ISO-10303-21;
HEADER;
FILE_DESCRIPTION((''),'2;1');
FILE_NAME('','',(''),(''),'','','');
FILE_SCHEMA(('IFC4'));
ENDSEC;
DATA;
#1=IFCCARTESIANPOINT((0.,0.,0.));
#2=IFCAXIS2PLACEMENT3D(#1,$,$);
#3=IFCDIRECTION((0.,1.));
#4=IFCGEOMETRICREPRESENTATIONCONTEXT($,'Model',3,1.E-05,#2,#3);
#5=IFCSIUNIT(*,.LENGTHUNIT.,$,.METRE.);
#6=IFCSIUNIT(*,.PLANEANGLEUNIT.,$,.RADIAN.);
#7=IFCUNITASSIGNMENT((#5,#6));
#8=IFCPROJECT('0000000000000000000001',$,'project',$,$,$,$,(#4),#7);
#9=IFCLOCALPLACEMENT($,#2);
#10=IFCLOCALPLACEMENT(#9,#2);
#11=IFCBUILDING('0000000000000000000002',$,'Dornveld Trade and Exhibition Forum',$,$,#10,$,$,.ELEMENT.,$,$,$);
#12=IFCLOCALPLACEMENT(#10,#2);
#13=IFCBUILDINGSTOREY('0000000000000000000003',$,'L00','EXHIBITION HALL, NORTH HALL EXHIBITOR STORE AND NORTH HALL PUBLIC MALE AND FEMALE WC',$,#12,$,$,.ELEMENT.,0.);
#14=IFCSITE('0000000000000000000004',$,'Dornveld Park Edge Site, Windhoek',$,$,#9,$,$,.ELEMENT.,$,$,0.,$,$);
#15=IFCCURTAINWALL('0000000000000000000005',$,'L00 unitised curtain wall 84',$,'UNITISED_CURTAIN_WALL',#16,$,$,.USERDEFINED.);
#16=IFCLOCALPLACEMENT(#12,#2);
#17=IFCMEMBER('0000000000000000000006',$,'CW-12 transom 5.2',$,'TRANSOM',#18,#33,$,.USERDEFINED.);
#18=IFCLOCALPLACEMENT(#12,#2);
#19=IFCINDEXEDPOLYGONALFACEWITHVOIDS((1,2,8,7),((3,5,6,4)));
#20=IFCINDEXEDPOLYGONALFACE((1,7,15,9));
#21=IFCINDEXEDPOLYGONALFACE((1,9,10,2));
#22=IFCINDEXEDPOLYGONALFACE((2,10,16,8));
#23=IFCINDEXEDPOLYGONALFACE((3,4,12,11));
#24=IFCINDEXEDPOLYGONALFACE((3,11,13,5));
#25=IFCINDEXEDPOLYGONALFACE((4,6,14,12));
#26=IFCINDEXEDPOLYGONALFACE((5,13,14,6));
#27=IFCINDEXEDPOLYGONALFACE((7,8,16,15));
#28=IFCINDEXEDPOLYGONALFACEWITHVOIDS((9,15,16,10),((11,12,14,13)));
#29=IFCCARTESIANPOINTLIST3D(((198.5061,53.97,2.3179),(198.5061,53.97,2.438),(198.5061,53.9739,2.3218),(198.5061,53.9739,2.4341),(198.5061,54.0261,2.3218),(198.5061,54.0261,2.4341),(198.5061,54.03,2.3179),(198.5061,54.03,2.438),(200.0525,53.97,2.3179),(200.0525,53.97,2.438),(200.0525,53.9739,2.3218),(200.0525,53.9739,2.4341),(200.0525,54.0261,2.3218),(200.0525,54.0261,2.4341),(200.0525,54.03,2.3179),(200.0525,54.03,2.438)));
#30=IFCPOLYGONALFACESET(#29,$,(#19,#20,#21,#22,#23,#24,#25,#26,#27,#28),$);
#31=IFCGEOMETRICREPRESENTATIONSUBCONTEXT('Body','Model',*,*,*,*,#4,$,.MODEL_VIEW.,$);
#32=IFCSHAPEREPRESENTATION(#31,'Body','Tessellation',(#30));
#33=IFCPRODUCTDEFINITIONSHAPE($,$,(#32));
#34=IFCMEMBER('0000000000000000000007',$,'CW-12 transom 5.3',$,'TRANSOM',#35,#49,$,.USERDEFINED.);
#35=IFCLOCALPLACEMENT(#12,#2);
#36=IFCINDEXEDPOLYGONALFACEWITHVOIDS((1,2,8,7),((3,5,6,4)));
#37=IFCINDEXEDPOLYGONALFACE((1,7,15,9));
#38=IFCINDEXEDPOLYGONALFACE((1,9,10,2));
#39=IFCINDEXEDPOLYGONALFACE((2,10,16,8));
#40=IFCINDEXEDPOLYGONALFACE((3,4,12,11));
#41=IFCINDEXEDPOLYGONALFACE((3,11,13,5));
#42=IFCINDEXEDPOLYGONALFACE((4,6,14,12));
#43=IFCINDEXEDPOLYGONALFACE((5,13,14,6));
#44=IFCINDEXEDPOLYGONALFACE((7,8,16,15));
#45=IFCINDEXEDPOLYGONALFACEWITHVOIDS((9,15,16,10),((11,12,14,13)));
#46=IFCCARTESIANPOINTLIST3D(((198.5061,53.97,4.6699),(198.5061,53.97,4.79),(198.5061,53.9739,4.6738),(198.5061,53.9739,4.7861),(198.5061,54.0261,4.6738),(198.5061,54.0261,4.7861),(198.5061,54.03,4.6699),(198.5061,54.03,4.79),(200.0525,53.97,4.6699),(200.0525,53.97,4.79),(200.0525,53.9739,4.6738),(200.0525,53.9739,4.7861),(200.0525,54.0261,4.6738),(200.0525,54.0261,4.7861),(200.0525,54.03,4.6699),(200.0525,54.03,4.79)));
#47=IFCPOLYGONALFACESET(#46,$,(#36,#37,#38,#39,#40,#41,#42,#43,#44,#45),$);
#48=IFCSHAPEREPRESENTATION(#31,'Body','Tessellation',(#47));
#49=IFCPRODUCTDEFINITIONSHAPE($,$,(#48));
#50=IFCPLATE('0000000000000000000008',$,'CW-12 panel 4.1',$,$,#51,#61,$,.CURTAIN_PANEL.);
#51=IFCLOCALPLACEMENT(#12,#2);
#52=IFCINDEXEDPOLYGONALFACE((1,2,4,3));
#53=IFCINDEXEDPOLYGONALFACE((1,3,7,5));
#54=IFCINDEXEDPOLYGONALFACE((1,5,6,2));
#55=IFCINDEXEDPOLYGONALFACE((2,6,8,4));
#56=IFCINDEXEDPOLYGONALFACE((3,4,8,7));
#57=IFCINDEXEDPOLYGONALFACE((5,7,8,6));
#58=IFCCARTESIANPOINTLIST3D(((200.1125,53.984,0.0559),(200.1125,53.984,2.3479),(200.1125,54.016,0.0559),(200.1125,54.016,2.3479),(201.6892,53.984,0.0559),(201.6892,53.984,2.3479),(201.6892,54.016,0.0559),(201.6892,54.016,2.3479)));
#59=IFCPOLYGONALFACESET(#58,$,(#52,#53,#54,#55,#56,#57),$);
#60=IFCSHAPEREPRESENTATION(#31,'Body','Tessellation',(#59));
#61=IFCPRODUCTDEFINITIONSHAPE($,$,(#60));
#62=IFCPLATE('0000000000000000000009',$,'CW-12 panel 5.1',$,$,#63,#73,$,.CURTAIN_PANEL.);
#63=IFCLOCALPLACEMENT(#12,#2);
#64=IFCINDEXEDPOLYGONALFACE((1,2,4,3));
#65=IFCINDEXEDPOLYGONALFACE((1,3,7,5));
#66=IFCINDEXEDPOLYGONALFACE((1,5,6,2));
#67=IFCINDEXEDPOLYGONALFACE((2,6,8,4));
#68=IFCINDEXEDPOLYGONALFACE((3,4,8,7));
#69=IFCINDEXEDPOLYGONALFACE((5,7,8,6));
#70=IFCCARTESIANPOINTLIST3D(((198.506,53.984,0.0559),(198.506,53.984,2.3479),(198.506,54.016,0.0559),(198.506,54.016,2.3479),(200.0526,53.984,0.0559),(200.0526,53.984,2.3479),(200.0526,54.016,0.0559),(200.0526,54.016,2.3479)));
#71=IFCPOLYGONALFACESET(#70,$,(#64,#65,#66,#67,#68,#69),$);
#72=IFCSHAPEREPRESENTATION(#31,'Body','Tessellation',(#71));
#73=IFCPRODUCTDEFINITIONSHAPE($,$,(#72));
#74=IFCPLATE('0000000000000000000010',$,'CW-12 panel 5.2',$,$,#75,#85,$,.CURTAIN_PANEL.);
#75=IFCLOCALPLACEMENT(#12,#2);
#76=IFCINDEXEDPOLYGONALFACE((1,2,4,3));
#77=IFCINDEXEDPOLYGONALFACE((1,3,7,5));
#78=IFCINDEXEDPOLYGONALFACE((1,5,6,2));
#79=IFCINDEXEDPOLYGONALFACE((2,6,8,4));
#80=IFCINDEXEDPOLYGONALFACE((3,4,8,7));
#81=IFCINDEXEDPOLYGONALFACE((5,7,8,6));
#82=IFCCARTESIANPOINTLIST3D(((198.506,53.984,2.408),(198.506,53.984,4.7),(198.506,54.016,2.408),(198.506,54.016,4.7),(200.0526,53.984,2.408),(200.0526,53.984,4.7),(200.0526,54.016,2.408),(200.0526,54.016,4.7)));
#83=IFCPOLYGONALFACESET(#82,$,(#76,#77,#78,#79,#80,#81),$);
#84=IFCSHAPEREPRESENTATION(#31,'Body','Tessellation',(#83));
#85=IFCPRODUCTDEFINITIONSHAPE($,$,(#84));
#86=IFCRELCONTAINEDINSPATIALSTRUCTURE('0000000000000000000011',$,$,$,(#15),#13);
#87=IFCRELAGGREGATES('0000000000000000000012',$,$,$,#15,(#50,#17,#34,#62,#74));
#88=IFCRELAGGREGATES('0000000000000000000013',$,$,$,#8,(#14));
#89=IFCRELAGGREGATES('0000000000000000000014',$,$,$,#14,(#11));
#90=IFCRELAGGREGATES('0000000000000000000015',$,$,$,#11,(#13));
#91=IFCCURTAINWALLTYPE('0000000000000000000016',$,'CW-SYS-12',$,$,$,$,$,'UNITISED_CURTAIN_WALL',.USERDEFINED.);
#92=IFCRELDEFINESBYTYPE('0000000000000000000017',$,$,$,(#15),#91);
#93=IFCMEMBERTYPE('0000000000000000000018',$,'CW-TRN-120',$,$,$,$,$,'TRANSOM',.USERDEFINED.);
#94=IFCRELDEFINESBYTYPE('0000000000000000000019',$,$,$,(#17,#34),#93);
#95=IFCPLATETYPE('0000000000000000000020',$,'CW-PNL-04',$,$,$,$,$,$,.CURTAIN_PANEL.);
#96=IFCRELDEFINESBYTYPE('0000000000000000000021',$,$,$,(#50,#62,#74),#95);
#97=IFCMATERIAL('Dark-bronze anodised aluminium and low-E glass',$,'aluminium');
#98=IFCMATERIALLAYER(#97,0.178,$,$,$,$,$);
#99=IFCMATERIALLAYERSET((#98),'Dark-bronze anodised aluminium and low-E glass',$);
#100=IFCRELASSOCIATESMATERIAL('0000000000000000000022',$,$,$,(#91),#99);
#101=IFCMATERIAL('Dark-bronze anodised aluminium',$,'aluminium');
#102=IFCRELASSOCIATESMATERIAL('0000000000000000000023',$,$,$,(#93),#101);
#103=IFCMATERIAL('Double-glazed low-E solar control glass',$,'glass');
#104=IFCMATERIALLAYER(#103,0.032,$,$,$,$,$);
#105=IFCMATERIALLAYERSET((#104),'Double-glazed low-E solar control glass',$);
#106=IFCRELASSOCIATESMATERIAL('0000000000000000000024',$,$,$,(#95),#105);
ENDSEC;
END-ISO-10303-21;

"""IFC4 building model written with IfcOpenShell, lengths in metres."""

from ifc_helpers import new_model, si_unit, direction, frame, origin, origin_2d, place, context, subcontext, project, spatial, rectangle, hollow_rectangle, extrude, material, layer, layer_set, material_profile, profile_set, type_object, element, aggregate, save


model = new_model("IFC4")

# Units and contexts
model_context = context("Model", 3, precision=1e-05, world=origin(), true_north=direction((0.0, 1.0)))
body_context = subcontext(model_context, "Body", "Model", "MODEL_VIEW")
ifc_project = project(units=[si_unit("LENGTHUNIT", "METRE"), si_unit("PLANEANGLEUNIT", "RADIAN")], contexts=[model_context])

# Site, building, storey
site_placement = place(None, origin())
site = spatial("IfcSite", under=ifc_project, at=site_placement, Name="Dornveld Park Edge Site, Windhoek", CompositionType="ELEMENT", RefElevation=0.0)
building_placement = place(site_placement, origin())
building = spatial("IfcBuilding", under=site, at=building_placement, Name="Dornveld Trade and Exhibition Forum", CompositionType="ELEMENT")
storey_placement = place(building_placement, origin())
storey = spatial("IfcBuildingStorey", under=building, at=storey_placement, Name="L00", Description="EXHIBITION HALL, NORTH HALL EXHIBITOR STORE AND NORTH HALL PUBLIC MALE AND FEMALE WC", CompositionType="ELEMENT", Elevation=0.0)

# Curtain wall, members, plates
ifc_material_1 = material(Name="Dark-bronze anodised aluminium and low-E glass", Category="aluminium")
ifc_layer_1 = layer(ifc_material_1, 0.178)
ifc_layer_set_1 = layer_set([ifc_layer_1], Name="Dark-bronze anodised aluminium and low-E glass")
curtain_wall_type = type_object("IfcCurtainWallType", Name="CW-SYS-12", ElementType="UNITISED_CURTAIN_WALL", PredefinedType="USERDEFINED", material=ifc_layer_set_1)
curtain_wall_placement = place(storey_placement, origin())
curtain_wall = element("IfcCurtainWall", 1, at=curtain_wall_placement, inside=storey, type_object=curtain_wall_type, Name="L00 unitised curtain wall 84", ObjectType="UNITISED_CURTAIN_WALL", PredefinedType="USERDEFINED")
ifc_material_2 = material(Name="Dark-bronze anodised aluminium", Category="aluminium")
ifc_material_profile_1 = material_profile(ifc_material_2, hollow_rectangle(XDim=0.0601, YDim=0.1201, WallThickness=0.0039, at=origin_2d()), Name="RHS 120x60x4")
ifc_profile_set_1 = profile_set([ifc_material_profile_1], Name="Dark-bronze anodised aluminium")
member_type_1 = type_object("IfcMemberType", Name="CW-TRN-120", ElementType="TRANSOM", PredefinedType="USERDEFINED", material=ifc_profile_set_1)
member_1_placement = place(storey_placement, frame((200.0525, 54.0, 2.3779), z_axis=(-1.0, 0.0, 0.0), x_axis=(0.0, -1.0, 0.0)))
member_1 = element("IfcMember", 2, at=member_1_placement, type_object=member_type_1, Name="CW-12 transom 5.2", ObjectType="TRANSOM", PredefinedType="USERDEFINED", context=body_context, shape_type="SweptSolid", body=[
    extrude(hollow_rectangle(XDim=0.0601, YDim=0.1201, WallThickness=0.0039, at=origin_2d()), origin(), (0.0, 0.0, 1.0), 1.5464),
])
member_2_placement = place(storey_placement, frame((200.0525, 54.0, 4.73), z_axis=(-1.0, 0.0, 0.0), x_axis=(0.0, -1.0, 0.0)))
member_2 = element("IfcMember", 3, at=member_2_placement, type_object=member_type_1, Name="CW-12 transom 5.3", ObjectType="TRANSOM", PredefinedType="USERDEFINED", context=body_context, shape_type="SweptSolid", body=[
    extrude(hollow_rectangle(XDim=0.0601, YDim=0.1201, WallThickness=0.0039, at=origin_2d()), origin(), (0.0, 0.0, 1.0), 1.5464),
])
ifc_material_3 = material(Name="Double-glazed low-E solar control glass", Category="glass")
ifc_layer_2 = layer(ifc_material_3, 0.032)
ifc_layer_set_2 = layer_set([ifc_layer_2], Name="Double-glazed low-E solar control glass")
plate_type = type_object("IfcPlateType", Name="CW-PNL-04", PredefinedType="CURTAIN_PANEL", material=ifc_layer_set_2)
plate_1_placement = place(storey_placement, frame((200.9009, 54.0, 0.0559), z_axis=(0.0, 0.0, 1.0), x_axis=(-1.0, 0.0, 0.0)))
plate_1 = element("IfcPlate", 4, at=plate_1_placement, type_object=plate_type, Name="CW-12 panel 4.1", PredefinedType="CURTAIN_PANEL", context=body_context, shape_type="SweptSolid", body=[
    extrude(rectangle(XDim=1.5767, YDim=0.032, at=origin_2d()), origin(), (0.0, 0.0, 1.0), 2.292),
])
plate_2_placement = place(storey_placement, frame((199.2793, 54.0, 0.0559), z_axis=(0.0, 0.0, 1.0), x_axis=(-1.0, 0.0, 0.0)))
plate_2 = element("IfcPlate", 5, at=plate_2_placement, type_object=plate_type, Name="CW-12 panel 5.1", PredefinedType="CURTAIN_PANEL", context=body_context, shape_type="SweptSolid", body=[
    extrude(rectangle(XDim=1.5466, YDim=0.032, at=origin_2d()), origin(), (0.0, 0.0, 1.0), 2.292),
])
plate_3_placement = place(storey_placement, frame((199.2793, 54.0, 2.408), z_axis=(0.0, 0.0, 1.0), x_axis=(-1.0, 0.0, 0.0)))
plate_3 = element("IfcPlate", 6, at=plate_3_placement, type_object=plate_type, Name="CW-12 panel 5.2", PredefinedType="CURTAIN_PANEL", context=body_context, shape_type="SweptSolid", body=[
    extrude(rectangle(XDim=1.5466, YDim=0.032, at=origin_2d()), origin(), (0.0, 0.0, 1.0), 2.292),
])
aggregate(curtain_wall, [plate_1, member_1, member_2, plate_2, plate_3])

save(model, "model.ifc")
